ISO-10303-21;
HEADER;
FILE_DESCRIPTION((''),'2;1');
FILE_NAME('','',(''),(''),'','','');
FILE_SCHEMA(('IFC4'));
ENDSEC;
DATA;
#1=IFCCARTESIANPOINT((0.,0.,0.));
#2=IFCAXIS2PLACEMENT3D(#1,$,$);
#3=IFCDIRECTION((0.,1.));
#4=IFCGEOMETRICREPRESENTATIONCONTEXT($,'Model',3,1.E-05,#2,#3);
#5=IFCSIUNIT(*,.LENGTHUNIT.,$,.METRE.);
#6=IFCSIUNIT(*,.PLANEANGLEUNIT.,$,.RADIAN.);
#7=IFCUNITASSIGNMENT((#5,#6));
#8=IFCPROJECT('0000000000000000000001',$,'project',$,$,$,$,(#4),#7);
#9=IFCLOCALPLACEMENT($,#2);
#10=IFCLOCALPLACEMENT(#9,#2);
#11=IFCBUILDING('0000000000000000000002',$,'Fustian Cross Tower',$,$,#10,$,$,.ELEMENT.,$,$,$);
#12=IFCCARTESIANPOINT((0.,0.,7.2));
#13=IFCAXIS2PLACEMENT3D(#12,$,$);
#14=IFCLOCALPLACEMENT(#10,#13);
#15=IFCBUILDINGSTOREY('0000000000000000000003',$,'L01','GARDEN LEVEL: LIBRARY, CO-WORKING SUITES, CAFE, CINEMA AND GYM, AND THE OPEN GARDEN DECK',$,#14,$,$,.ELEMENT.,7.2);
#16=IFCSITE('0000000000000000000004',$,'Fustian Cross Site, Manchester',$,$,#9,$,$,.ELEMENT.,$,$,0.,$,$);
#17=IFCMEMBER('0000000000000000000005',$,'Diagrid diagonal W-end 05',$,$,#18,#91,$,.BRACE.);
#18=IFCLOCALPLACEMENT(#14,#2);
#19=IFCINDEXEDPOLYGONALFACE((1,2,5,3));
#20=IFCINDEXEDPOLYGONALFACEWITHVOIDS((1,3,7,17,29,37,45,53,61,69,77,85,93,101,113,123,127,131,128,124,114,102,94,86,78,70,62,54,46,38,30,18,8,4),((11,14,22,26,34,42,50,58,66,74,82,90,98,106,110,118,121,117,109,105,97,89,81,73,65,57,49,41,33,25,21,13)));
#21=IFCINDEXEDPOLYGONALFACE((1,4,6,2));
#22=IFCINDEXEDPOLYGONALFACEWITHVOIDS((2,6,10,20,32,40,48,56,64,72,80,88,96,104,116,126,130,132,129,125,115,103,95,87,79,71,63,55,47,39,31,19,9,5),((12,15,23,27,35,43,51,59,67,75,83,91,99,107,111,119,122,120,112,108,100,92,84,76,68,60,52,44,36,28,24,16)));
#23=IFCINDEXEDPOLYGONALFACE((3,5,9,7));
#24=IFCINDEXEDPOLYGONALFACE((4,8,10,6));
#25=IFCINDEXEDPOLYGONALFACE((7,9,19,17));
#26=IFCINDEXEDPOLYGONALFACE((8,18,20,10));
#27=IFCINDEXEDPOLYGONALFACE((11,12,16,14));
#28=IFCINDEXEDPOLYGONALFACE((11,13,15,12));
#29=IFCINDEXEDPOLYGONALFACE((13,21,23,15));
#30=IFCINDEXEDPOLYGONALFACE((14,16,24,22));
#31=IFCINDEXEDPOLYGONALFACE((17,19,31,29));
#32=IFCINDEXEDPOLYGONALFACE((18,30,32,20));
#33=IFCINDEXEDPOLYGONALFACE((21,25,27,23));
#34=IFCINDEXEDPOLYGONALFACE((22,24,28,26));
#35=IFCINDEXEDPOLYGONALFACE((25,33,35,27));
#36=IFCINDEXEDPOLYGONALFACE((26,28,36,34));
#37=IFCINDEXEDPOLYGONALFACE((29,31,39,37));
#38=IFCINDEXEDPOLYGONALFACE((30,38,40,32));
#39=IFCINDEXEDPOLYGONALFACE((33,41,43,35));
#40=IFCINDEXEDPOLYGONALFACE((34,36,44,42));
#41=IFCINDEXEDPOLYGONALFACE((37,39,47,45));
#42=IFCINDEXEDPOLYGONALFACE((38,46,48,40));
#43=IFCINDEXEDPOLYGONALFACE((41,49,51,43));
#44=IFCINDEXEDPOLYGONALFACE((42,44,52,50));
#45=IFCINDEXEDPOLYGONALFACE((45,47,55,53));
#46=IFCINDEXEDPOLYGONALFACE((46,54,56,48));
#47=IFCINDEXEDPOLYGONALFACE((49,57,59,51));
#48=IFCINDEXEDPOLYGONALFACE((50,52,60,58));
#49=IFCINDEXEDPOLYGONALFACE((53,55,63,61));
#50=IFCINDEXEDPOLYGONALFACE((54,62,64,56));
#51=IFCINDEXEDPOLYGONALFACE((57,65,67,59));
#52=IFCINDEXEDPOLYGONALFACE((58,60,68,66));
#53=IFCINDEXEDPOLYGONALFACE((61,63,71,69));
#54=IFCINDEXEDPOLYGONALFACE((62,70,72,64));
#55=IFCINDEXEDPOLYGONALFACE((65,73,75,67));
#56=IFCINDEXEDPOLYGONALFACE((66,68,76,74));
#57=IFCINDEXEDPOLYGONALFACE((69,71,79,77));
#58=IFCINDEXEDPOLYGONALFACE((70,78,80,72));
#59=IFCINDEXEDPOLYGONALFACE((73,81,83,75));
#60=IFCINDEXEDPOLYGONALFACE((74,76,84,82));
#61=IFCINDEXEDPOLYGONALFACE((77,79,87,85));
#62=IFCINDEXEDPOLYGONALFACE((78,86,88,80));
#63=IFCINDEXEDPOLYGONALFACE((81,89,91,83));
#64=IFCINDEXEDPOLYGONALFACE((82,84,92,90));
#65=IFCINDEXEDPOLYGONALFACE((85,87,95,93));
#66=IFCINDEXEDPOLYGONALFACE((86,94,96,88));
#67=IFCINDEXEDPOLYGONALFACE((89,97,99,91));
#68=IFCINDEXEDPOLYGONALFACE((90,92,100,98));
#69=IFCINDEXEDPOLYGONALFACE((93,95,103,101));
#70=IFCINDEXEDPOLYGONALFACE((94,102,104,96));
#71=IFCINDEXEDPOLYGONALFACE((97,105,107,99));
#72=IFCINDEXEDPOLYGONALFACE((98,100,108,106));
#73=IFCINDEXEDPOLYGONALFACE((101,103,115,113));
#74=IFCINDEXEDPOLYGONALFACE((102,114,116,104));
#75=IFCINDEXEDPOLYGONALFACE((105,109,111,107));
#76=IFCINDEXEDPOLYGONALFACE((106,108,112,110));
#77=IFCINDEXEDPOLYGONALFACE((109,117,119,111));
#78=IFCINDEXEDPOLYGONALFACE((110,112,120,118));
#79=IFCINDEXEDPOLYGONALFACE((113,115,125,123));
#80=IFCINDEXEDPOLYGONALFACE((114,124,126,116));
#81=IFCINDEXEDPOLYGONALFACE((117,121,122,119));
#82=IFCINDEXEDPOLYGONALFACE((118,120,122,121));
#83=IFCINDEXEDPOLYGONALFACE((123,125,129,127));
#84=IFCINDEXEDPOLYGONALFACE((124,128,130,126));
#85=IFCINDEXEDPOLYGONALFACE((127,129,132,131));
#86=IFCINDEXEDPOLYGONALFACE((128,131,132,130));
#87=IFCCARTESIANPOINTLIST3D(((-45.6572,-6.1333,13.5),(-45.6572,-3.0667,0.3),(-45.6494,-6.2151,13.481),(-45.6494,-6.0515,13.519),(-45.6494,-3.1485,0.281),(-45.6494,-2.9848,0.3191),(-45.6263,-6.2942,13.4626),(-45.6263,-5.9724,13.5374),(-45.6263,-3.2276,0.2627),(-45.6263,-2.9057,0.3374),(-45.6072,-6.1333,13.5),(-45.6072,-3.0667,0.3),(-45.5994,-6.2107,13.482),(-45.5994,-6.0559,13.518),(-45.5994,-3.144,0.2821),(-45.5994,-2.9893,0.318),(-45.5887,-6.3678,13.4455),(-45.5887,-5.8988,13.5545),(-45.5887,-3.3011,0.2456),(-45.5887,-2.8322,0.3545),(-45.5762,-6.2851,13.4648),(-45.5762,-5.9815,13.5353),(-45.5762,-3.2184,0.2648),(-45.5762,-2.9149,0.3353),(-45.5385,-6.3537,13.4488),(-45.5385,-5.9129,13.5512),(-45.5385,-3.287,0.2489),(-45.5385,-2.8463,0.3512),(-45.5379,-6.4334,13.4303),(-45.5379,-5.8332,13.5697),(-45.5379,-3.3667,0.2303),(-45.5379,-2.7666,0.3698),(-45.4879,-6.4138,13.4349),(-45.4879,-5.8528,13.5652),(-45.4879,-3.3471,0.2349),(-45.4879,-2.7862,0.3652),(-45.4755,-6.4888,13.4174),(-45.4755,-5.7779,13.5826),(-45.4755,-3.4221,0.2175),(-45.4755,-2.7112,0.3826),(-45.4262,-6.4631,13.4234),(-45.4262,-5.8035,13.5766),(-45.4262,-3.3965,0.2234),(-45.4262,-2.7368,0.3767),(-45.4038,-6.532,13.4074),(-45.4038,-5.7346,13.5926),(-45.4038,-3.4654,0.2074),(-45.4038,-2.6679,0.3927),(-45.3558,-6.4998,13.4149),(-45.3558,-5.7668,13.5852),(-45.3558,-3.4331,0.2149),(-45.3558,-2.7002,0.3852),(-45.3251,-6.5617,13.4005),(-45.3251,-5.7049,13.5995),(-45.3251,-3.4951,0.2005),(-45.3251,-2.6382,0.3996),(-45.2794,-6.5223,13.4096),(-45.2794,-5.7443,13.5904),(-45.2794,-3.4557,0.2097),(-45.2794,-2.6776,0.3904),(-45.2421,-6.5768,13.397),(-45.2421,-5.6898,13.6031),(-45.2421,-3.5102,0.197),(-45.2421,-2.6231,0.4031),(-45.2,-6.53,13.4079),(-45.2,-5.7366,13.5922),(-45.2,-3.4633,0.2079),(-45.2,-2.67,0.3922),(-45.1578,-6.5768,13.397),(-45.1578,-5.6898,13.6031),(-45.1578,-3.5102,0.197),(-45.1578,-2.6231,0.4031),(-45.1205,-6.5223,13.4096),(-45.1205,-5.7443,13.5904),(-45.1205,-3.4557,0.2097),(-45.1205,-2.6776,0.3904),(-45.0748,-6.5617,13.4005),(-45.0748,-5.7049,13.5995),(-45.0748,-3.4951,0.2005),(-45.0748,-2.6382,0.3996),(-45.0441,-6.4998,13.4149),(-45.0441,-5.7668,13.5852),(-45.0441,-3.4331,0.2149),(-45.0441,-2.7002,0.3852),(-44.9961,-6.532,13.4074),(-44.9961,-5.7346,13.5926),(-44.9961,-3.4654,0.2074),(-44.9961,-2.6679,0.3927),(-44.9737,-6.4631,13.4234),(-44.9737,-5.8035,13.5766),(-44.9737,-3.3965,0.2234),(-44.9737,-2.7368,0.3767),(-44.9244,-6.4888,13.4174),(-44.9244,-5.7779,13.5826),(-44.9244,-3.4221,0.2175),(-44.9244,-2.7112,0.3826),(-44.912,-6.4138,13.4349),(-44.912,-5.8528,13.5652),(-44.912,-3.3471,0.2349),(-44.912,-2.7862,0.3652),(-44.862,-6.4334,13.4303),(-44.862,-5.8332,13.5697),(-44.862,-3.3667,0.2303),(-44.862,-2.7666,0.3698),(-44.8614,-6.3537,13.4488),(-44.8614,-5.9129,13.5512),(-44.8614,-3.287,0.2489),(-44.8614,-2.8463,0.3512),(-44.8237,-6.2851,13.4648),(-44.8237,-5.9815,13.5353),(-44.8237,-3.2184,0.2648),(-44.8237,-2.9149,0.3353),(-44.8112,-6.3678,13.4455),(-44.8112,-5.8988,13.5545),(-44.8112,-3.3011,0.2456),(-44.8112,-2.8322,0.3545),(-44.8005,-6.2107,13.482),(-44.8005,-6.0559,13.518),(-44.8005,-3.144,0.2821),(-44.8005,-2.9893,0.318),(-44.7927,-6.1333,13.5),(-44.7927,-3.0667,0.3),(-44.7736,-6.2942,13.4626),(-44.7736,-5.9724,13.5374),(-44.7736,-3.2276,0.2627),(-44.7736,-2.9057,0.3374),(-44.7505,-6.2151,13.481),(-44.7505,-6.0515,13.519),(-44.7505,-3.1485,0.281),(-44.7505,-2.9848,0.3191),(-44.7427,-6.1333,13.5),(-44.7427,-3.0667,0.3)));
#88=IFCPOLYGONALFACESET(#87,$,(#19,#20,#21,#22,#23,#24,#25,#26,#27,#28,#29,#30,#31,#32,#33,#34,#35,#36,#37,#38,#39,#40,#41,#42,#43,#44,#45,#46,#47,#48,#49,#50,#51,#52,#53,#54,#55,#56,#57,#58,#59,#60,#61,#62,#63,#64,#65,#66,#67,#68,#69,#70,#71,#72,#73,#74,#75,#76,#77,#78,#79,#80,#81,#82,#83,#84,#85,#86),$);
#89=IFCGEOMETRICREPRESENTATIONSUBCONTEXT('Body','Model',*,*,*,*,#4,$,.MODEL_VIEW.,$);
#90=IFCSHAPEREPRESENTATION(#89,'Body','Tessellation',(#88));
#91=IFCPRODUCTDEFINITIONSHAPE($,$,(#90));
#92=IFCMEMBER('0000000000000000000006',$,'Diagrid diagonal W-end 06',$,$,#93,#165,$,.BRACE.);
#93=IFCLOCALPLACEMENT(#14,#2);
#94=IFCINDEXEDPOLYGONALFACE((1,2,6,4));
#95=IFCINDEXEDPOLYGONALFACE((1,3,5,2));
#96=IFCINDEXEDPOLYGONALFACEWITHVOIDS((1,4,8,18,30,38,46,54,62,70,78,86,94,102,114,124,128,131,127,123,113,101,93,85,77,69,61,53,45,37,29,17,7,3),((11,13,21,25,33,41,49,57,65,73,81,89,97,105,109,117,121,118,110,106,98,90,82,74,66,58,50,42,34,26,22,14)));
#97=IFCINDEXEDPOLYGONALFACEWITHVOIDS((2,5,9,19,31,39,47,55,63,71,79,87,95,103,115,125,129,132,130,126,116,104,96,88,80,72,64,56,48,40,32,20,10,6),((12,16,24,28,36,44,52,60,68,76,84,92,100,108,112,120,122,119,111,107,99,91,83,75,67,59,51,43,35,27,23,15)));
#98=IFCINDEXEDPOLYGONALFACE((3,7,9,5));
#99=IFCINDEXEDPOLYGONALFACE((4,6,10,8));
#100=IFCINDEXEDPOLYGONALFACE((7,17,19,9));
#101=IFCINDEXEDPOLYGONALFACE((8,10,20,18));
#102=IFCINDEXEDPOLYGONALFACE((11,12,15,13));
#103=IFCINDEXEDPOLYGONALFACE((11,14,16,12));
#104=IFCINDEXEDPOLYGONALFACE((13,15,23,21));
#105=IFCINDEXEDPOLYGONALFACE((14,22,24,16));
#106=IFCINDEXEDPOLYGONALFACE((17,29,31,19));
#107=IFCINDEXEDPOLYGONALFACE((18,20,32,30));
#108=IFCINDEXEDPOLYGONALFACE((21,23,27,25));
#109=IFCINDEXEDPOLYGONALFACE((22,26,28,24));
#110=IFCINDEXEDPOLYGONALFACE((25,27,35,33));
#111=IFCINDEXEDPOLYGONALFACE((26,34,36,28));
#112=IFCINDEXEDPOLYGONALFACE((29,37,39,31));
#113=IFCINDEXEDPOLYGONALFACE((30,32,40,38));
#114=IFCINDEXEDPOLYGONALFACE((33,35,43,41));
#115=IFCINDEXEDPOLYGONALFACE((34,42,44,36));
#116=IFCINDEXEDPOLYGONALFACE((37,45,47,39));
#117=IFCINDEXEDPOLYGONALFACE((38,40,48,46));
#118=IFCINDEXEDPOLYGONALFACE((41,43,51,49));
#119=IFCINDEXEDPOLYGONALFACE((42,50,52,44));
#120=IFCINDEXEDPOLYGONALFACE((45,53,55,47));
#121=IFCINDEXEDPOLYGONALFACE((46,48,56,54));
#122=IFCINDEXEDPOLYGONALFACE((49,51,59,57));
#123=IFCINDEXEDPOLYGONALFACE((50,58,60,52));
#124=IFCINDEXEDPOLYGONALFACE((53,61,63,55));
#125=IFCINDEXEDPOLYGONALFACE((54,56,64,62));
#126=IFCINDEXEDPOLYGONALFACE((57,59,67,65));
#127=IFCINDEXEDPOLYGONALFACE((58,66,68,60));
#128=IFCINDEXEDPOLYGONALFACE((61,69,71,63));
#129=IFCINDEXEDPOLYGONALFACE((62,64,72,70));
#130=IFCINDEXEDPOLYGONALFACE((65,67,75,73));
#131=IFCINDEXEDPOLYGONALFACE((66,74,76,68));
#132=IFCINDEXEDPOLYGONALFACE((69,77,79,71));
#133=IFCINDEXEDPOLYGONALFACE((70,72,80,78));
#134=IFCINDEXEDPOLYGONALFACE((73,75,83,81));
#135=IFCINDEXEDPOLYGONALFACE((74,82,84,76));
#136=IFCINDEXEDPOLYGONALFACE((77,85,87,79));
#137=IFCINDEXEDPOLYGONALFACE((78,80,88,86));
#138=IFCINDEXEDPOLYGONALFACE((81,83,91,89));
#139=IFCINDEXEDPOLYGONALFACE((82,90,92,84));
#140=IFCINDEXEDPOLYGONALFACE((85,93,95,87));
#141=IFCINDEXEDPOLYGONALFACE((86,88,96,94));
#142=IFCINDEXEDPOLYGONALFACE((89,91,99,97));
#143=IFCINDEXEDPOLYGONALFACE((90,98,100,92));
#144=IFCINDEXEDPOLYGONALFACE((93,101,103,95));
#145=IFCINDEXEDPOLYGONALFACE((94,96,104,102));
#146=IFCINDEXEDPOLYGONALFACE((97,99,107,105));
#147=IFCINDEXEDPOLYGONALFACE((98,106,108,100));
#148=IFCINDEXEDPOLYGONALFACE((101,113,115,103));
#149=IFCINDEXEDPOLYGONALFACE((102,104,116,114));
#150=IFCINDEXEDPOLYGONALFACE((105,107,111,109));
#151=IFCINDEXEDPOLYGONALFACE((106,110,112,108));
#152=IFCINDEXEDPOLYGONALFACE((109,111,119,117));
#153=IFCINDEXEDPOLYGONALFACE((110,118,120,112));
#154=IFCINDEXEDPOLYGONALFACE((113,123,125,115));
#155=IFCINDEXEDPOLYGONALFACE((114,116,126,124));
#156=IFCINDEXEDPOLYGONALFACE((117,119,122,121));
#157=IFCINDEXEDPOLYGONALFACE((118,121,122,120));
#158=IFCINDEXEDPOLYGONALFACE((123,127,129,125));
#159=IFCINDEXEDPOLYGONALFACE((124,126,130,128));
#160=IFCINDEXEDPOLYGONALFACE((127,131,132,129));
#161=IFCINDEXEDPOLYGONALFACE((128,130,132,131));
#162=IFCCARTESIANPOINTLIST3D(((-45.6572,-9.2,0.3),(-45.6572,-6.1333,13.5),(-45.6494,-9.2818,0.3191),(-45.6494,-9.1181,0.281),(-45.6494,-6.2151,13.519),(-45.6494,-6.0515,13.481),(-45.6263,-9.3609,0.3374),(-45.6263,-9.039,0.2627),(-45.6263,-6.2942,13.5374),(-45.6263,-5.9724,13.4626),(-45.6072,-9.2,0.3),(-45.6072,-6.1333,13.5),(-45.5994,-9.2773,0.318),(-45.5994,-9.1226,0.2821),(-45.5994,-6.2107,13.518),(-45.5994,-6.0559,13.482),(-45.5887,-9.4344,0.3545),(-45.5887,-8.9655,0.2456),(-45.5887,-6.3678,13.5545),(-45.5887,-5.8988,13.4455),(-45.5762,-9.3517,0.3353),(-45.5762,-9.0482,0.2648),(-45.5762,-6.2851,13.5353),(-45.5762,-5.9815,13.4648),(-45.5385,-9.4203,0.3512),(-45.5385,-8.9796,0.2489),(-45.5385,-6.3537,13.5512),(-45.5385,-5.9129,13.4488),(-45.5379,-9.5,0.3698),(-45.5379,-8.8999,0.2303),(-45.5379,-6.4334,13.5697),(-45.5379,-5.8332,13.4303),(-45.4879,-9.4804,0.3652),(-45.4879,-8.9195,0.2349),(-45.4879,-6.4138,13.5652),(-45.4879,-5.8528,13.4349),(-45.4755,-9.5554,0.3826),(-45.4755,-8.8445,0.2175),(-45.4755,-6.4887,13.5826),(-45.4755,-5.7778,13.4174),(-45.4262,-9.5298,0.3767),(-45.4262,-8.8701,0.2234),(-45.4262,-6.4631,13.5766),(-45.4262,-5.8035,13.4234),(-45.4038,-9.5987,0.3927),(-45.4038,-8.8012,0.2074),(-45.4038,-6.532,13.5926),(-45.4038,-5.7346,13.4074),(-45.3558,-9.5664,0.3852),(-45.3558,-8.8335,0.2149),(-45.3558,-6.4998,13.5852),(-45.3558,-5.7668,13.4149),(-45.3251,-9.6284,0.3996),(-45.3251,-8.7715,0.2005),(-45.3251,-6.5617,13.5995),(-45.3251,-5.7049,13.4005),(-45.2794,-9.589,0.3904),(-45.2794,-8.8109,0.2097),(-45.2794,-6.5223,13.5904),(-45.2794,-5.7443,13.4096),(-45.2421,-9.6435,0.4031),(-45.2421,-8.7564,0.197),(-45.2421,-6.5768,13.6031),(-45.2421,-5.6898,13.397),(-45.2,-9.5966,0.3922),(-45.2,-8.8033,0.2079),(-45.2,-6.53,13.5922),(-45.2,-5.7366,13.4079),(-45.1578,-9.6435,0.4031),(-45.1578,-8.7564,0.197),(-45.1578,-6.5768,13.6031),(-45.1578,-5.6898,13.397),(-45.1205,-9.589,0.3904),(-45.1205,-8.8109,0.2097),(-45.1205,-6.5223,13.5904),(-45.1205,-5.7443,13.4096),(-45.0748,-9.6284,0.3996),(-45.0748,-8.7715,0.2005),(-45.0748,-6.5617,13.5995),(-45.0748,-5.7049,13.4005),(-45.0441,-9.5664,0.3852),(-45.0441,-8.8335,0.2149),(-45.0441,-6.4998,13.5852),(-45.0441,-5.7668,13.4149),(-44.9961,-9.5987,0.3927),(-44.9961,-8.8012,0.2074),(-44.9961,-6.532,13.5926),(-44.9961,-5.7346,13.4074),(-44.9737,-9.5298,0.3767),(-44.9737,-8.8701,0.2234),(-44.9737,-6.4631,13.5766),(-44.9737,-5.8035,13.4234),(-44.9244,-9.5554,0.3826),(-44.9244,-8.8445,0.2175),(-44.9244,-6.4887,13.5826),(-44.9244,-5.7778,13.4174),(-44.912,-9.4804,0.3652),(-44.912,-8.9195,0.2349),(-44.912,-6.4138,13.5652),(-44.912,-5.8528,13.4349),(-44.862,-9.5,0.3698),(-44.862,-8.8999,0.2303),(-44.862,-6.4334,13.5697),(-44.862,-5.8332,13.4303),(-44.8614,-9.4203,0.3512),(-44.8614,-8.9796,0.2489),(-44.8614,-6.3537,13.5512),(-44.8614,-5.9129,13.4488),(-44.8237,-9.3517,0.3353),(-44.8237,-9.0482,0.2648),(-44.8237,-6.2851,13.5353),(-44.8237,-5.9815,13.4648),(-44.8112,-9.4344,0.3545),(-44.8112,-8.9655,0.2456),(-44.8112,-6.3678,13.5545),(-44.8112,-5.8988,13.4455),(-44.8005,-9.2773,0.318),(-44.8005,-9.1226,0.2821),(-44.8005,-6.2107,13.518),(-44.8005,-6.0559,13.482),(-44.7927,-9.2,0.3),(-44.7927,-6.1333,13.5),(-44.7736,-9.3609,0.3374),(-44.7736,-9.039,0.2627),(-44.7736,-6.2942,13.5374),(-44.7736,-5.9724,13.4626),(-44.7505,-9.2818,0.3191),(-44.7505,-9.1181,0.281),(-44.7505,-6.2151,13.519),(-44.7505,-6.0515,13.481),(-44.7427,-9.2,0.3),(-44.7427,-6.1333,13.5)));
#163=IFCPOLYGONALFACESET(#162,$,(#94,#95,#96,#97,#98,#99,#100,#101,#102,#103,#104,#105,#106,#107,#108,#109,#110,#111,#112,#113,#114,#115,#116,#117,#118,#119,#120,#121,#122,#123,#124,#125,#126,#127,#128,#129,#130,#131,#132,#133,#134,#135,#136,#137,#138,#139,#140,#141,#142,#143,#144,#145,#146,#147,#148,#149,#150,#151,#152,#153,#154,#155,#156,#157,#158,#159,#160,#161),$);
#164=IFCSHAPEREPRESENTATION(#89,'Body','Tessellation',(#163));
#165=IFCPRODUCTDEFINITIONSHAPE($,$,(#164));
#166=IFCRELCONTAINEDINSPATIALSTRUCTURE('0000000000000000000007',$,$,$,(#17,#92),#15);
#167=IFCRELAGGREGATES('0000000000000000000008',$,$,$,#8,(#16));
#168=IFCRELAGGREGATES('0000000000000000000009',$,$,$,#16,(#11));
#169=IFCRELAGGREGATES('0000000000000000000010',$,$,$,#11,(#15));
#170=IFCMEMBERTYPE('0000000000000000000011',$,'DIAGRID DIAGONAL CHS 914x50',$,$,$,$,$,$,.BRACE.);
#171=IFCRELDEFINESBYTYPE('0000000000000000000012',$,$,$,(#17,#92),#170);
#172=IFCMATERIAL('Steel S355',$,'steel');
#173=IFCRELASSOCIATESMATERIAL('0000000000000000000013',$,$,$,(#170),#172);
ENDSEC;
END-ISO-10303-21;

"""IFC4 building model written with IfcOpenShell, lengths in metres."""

from ifc_helpers import new_model, si_unit, direction, frame, origin, origin_2d, place, context, subcontext, project, spatial, hollow_circle, extrude, material, material_profile, profile_set, type_object, element, save


model = new_model("IFC4")

# Units and contexts
model_context = context("Model", 3, precision=1e-05, world=origin(), true_north=direction((0.0, 1.0)))
body_context = subcontext(model_context, "Body", "Model", "MODEL_VIEW")
ifc_project = project(units=[si_unit("LENGTHUNIT", "METRE"), si_unit("PLANEANGLEUNIT", "RADIAN")], contexts=[model_context])

# Site, building, storey
site_placement = place(None, origin())
site = spatial("IfcSite", under=ifc_project, at=site_placement, Name="Fustian Cross Site, Manchester", CompositionType="ELEMENT", RefElevation=0.0)
building_placement = place(site_placement, origin())
building = spatial("IfcBuilding", under=site, at=building_placement, Name="Fustian Cross Tower", CompositionType="ELEMENT")
storey_placement = place(building_placement, frame((0.0, 0.0, 7.2)))
storey = spatial("IfcBuildingStorey", under=building, at=storey_placement, Name="L01", Description="GARDEN LEVEL: LIBRARY, CO-WORKING SUITES, CAFE, CINEMA AND GYM, AND THE OPEN GARDEN DECK", CompositionType="ELEMENT", Elevation=7.2)

# Members
ifc_material_1 = material(Name="Steel S355", Category="steel")
ifc_material_profile_1 = material_profile(ifc_material_1, hollow_circle(Radius=0.4573, WallThickness=0.05, at=origin_2d()), Name="CHS 914x50")
ifc_profile_set_1 = profile_set([ifc_material_profile_1], Name="Steel S355")
member_type_1 = type_object("IfcMemberType", Name="DIAGRID DIAGONAL CHS 914x50", PredefinedType="BRACE", material=ifc_profile_set_1)
for number, where, z_axis, x_axis, name in (
    (1, (-45.2, -3.0667, 0.3), (0.0, -0.226296, 0.974059), (1.0, 0.0, 0.0), "Diagrid diagonal W-end 05"),
    (2, (-45.2, -9.2, 0.3), (0.0, 0.226296, 0.974059), (-1.0, 0.0, 0.0), "Diagrid diagonal W-end 06"),
):
    element("IfcMember", number, at=place(storey_placement, frame(where, z_axis=z_axis, x_axis=x_axis)), inside=storey, type_object=member_type_1, Name=name, PredefinedType="BRACE", context=body_context, shape_type="SweptSolid", body=[
        extrude(hollow_circle(Radius=0.4573, WallThickness=0.05, at=origin_2d()), origin(), (0.0, 0.0, 1.0), 13.5515),
    ])

save(model, "model.ifc")
